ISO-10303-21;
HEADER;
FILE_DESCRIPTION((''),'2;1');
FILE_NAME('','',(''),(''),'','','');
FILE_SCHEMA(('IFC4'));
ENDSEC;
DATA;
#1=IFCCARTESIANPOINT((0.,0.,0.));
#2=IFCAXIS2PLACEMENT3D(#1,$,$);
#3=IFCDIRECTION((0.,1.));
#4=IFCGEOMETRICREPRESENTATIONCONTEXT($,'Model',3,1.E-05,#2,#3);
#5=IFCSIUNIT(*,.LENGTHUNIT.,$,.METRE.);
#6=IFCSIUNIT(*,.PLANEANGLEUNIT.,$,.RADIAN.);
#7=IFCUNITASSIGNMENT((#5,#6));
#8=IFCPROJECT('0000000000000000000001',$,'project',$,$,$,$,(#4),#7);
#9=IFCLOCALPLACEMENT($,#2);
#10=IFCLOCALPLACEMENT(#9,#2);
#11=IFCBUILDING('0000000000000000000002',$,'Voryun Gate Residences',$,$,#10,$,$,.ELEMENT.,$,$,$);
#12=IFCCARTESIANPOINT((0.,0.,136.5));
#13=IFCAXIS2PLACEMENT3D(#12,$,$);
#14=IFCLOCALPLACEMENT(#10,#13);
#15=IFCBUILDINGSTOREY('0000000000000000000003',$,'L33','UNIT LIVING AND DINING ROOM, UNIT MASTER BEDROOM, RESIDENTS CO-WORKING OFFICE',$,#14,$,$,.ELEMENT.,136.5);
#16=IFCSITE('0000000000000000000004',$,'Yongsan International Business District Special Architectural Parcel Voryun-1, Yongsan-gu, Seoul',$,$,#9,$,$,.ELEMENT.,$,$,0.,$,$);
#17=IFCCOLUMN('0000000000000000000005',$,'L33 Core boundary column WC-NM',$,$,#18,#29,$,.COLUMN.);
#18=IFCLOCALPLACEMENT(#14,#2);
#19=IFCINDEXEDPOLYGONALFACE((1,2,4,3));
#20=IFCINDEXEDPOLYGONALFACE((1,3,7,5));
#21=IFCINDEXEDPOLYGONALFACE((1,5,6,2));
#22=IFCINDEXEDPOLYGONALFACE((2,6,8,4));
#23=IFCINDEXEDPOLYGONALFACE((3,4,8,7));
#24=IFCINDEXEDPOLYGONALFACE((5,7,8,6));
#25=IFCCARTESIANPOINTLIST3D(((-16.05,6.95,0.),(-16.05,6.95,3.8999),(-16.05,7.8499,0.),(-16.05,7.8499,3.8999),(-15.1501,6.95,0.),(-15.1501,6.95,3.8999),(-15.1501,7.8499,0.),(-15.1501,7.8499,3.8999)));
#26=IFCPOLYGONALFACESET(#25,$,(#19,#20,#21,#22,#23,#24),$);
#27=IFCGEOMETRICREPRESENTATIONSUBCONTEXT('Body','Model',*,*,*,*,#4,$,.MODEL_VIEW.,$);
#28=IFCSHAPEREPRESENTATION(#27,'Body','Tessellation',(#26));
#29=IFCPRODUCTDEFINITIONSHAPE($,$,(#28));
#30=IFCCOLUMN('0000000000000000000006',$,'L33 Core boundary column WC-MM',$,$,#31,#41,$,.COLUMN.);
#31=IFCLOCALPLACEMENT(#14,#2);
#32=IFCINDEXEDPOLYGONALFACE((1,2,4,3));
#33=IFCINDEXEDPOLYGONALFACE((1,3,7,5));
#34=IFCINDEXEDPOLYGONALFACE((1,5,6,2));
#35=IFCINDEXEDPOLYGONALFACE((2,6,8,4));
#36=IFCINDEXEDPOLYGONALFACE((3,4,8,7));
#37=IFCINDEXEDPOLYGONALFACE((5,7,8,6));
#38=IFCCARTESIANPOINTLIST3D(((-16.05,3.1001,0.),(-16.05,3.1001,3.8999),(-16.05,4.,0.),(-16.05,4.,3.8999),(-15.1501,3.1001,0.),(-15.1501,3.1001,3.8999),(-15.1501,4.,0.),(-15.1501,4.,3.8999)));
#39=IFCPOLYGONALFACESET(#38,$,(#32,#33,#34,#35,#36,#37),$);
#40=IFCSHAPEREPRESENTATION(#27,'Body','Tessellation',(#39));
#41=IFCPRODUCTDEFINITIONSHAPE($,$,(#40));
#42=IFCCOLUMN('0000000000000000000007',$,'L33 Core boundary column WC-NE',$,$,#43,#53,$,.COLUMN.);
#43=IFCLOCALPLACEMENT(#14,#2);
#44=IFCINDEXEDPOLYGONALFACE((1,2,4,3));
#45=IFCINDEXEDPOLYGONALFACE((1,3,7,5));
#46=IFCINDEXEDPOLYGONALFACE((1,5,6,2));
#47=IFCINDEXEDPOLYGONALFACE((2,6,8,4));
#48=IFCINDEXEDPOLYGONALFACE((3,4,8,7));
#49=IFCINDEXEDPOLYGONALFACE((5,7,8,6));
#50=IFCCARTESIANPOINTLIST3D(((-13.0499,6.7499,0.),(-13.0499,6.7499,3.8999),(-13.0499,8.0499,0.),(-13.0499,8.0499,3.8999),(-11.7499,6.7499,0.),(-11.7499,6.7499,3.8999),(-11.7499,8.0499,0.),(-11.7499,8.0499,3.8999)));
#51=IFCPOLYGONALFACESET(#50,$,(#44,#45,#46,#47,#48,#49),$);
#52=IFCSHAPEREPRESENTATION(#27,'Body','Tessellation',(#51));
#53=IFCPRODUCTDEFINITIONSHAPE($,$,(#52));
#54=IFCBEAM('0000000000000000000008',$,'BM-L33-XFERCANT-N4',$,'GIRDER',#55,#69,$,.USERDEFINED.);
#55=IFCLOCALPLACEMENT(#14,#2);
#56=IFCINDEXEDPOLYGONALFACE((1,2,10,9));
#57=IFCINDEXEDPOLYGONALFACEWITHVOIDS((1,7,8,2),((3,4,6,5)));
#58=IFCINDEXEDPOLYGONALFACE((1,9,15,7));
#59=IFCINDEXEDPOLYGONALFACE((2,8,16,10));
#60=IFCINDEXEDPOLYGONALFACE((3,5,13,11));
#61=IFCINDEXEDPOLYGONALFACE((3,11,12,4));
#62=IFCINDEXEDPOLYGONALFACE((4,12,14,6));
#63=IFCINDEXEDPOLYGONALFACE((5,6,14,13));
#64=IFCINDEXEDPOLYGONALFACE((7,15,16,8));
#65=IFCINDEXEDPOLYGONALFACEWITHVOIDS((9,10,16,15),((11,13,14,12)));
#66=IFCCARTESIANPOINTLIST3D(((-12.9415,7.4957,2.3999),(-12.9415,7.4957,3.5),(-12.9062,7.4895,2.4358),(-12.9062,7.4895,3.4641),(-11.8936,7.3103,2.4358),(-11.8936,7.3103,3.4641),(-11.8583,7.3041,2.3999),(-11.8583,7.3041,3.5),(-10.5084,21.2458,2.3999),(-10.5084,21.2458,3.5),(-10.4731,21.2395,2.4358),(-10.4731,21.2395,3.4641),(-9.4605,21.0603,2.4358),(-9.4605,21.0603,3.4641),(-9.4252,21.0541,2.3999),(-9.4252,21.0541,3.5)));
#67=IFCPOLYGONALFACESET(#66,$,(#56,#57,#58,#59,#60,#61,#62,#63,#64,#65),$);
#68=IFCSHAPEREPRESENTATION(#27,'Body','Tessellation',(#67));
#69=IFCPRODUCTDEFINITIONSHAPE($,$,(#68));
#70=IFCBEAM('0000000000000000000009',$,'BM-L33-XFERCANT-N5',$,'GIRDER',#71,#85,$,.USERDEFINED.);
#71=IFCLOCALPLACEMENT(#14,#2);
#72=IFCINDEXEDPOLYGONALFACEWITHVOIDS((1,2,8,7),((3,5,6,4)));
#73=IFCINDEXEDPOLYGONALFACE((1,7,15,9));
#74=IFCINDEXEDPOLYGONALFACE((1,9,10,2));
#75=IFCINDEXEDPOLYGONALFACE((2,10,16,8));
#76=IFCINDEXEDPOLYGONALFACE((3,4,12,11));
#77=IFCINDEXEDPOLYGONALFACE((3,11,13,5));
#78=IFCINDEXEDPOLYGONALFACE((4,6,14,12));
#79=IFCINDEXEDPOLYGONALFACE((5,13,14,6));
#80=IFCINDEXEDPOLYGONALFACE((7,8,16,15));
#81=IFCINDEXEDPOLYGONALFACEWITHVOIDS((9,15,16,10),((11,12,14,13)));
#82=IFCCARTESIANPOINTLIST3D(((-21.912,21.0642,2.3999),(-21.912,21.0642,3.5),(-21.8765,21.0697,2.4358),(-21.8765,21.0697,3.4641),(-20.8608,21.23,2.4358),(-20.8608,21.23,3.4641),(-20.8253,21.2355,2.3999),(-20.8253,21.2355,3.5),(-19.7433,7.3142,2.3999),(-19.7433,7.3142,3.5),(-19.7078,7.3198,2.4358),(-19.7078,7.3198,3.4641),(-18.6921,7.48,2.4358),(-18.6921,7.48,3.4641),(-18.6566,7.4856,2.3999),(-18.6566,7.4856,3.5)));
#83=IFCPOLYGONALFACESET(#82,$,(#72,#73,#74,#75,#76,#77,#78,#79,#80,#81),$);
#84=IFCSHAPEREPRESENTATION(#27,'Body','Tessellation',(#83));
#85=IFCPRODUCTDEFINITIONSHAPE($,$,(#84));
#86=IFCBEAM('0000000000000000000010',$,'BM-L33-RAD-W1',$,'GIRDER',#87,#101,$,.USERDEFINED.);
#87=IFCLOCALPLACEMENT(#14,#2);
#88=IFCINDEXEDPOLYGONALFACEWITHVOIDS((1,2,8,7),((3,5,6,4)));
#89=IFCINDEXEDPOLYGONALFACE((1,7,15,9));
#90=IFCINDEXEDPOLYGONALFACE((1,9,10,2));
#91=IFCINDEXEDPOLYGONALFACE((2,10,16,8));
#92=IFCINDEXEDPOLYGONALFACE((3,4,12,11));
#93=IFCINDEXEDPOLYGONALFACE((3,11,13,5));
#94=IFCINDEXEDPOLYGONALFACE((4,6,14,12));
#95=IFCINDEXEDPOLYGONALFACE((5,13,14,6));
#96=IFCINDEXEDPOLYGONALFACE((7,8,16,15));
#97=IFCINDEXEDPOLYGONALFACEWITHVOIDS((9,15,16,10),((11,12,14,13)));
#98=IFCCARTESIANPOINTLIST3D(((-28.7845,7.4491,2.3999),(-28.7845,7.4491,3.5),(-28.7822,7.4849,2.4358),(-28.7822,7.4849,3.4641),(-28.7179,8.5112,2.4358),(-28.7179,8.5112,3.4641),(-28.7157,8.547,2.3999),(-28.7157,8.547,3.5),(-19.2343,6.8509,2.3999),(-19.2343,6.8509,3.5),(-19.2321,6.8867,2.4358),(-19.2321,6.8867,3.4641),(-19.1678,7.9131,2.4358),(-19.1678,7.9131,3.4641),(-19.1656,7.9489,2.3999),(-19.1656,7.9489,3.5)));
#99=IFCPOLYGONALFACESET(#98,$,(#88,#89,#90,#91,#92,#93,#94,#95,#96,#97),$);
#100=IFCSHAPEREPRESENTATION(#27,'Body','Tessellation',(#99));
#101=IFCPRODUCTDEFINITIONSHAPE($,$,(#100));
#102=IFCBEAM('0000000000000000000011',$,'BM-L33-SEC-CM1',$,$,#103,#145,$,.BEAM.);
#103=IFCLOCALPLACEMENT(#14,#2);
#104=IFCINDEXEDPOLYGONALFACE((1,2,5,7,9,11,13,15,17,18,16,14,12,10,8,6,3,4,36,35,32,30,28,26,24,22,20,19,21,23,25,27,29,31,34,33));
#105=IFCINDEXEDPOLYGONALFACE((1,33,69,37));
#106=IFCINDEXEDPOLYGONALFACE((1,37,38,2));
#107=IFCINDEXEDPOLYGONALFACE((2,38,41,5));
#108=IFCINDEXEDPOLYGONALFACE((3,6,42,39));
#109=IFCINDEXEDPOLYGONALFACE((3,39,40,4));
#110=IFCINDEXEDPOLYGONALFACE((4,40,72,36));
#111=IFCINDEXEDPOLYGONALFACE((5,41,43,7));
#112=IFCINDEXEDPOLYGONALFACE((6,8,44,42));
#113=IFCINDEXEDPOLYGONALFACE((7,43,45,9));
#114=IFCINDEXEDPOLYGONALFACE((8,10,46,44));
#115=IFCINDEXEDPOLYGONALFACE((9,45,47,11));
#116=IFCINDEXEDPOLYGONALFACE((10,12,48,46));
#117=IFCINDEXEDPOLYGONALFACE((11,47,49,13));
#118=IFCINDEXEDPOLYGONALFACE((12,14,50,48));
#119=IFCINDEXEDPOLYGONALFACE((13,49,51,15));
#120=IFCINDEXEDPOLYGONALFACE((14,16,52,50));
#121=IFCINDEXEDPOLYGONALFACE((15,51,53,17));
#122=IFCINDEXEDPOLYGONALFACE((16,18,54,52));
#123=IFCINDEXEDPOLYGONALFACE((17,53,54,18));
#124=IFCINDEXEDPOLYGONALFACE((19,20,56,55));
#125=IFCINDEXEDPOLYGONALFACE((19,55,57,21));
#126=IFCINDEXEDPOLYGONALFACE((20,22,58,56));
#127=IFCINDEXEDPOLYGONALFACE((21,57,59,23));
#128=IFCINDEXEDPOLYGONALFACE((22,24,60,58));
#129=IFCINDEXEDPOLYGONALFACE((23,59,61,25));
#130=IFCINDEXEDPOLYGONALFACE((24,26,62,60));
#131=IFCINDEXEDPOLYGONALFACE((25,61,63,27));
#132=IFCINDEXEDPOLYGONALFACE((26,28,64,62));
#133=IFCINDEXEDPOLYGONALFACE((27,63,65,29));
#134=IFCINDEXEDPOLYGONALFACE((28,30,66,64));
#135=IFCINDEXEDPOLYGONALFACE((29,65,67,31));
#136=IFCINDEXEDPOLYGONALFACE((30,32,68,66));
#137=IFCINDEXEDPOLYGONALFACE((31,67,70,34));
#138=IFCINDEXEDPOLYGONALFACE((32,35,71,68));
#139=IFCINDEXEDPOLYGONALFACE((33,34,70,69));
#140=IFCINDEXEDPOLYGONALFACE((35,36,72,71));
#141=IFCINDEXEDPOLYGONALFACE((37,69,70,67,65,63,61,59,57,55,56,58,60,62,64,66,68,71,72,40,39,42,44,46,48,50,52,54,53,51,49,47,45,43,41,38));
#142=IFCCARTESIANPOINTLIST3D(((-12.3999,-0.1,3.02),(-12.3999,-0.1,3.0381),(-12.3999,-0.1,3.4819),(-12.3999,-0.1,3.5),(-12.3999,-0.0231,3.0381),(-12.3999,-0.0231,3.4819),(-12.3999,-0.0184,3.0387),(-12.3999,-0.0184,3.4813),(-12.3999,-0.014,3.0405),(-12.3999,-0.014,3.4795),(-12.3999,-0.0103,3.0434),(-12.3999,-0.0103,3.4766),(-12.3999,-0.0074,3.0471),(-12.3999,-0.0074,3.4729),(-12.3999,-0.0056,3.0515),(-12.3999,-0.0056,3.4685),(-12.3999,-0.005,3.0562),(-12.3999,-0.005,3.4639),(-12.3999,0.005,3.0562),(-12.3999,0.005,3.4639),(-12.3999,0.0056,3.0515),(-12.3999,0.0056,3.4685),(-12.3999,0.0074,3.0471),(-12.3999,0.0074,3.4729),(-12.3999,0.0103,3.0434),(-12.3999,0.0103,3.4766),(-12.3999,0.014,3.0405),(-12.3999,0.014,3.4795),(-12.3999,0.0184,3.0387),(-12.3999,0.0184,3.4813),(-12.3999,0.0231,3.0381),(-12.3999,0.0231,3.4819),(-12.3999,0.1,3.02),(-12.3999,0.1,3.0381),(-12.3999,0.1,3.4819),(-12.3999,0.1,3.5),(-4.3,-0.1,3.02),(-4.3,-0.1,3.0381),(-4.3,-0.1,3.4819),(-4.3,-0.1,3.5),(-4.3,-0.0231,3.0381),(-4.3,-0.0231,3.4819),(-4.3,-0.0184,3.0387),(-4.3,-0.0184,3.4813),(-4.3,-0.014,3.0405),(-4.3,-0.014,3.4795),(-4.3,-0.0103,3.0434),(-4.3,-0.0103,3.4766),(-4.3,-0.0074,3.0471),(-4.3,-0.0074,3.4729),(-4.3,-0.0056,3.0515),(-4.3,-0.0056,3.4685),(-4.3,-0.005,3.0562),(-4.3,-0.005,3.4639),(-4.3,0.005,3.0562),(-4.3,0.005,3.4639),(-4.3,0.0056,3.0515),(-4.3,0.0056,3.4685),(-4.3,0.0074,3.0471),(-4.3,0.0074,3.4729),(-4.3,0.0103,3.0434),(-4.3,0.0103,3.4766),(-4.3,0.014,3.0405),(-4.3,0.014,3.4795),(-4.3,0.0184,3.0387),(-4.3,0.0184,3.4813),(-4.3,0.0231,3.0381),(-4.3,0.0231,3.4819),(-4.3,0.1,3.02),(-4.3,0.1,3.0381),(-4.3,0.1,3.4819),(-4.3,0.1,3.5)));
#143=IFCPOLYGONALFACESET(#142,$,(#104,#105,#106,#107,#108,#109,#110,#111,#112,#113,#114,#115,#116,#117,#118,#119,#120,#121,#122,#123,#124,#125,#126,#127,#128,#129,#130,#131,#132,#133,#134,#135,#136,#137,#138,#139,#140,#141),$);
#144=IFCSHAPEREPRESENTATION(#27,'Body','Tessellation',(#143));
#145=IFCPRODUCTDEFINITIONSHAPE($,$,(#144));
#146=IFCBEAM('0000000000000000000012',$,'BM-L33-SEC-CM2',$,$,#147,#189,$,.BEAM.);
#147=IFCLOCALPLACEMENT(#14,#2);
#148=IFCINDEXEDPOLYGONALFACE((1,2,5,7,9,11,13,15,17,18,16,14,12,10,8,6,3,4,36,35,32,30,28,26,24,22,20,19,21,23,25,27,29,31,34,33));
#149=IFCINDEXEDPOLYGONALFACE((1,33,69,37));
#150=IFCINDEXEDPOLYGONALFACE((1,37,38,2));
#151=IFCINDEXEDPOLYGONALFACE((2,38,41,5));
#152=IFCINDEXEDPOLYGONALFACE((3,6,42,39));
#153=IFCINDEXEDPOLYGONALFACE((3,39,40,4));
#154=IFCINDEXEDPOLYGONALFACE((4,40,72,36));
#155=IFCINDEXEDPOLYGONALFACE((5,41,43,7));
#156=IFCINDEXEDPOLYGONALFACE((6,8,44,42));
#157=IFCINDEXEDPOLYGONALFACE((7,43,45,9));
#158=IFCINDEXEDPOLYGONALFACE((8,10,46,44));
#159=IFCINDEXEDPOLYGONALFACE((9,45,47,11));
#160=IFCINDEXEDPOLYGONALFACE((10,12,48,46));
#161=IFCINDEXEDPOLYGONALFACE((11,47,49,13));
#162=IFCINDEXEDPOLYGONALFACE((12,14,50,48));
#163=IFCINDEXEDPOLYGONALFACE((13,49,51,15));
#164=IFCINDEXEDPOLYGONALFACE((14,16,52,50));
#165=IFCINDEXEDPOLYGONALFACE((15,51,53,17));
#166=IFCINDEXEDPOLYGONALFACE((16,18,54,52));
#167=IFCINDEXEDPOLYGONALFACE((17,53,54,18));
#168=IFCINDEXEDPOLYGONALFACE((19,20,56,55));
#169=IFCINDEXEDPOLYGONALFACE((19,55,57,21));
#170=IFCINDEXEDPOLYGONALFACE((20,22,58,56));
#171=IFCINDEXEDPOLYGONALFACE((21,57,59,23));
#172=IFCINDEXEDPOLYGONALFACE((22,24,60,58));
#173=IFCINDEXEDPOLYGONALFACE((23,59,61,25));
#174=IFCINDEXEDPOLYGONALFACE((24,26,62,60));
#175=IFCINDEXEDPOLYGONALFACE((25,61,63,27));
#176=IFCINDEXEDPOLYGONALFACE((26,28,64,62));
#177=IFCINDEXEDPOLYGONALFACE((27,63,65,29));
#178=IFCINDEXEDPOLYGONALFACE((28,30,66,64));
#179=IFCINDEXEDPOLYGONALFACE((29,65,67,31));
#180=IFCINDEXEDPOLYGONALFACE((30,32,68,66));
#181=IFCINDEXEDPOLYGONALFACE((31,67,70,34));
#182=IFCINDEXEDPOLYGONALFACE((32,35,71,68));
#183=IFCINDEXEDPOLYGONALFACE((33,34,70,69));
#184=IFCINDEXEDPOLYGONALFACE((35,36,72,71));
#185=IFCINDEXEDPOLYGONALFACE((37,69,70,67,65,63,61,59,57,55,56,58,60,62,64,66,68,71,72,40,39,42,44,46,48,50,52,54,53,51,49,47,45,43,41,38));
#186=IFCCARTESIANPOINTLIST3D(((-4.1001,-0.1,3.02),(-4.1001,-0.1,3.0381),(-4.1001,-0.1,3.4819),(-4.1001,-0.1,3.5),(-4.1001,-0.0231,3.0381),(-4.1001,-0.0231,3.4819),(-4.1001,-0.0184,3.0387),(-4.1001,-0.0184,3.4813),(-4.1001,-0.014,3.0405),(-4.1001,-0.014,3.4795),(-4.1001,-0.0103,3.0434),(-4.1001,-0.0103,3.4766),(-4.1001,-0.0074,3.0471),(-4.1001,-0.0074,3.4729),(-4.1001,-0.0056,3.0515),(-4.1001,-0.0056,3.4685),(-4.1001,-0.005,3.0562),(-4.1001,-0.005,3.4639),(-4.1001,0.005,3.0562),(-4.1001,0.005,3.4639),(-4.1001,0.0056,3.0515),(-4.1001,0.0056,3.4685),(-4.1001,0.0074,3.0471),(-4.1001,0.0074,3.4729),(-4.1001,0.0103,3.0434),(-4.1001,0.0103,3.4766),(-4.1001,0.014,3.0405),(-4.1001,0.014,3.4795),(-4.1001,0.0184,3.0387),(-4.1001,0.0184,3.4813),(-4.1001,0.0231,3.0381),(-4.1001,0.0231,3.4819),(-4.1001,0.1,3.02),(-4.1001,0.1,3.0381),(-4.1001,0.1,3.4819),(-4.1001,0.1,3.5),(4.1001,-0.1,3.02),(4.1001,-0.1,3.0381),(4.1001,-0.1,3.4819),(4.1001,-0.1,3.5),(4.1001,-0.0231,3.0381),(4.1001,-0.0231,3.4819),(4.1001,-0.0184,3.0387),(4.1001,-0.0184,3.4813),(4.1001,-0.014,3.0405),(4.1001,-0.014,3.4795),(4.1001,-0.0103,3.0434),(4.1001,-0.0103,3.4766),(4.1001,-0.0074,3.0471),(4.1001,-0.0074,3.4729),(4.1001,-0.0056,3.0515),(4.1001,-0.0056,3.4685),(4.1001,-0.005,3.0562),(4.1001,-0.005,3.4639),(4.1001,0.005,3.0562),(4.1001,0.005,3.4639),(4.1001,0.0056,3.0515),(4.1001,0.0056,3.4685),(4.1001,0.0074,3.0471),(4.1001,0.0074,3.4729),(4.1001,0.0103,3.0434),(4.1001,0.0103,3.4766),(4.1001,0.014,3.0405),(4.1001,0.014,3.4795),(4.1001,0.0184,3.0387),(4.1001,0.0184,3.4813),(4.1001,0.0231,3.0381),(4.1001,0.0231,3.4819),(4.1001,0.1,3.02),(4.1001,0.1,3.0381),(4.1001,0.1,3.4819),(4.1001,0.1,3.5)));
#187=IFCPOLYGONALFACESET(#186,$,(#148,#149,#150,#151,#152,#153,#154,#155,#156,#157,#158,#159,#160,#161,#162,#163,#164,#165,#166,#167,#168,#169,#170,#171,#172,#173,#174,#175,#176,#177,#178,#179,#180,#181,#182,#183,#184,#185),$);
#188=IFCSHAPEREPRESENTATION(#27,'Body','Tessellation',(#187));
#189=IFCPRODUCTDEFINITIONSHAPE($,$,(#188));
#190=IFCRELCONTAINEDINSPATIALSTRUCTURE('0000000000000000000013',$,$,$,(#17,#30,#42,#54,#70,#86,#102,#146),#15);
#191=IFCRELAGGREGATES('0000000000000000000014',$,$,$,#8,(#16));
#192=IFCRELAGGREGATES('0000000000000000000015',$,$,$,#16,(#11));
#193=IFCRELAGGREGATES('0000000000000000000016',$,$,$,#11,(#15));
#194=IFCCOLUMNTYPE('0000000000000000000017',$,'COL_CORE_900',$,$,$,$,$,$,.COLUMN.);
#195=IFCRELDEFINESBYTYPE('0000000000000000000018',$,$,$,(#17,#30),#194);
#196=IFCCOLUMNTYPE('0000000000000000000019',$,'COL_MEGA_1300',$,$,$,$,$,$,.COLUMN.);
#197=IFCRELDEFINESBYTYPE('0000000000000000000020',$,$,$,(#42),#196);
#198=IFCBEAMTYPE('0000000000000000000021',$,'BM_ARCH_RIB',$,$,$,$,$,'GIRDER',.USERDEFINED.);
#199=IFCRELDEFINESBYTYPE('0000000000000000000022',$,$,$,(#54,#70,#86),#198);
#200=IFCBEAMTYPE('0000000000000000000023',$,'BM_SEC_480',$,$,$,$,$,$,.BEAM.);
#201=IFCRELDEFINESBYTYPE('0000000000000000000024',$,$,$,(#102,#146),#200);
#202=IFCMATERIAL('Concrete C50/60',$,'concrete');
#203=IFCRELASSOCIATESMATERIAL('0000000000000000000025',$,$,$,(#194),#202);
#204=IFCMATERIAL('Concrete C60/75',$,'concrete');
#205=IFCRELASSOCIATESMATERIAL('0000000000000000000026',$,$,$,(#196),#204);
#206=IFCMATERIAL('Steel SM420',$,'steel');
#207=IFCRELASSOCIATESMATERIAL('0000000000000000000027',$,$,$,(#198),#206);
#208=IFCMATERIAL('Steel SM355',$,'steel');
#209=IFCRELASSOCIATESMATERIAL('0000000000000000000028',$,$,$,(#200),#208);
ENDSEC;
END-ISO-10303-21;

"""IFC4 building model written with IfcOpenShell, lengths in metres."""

from ifc_helpers import new_model, si_unit, direction, frame, origin, origin_2d, place, context, subcontext, project, spatial, rectangle, hollow_rectangle, i_section, extrude, material, material_profile, profile_set, type_object, element, save


model = new_model("IFC4")

# Units and contexts
model_context = context("Model", 3, precision=1e-05, world=origin(), true_north=direction((0.0, 1.0)))
body_context = subcontext(model_context, "Body", "Model", "MODEL_VIEW")
ifc_project = project(units=[si_unit("LENGTHUNIT", "METRE"), si_unit("PLANEANGLEUNIT", "RADIAN")], contexts=[model_context])

# Site, building, storey
site_placement = place(None, origin())
site = spatial("IfcSite", under=ifc_project, at=site_placement, Name="Yongsan International Business District Special Architectural Parcel Voryun-1, Yongsan-gu, Seoul", CompositionType="ELEMENT", RefElevation=0.0)
building_placement = place(site_placement, origin())
building = spatial("IfcBuilding", under=site, at=building_placement, Name="Voryun Gate Residences", CompositionType="ELEMENT")
storey_placement = place(building_placement, frame((0.0, 0.0, 136.5)))
storey = spatial("IfcBuildingStorey", under=building, at=storey_placement, Name="L33", Description="UNIT LIVING AND DINING ROOM, UNIT MASTER BEDROOM, RESIDENTS CO-WORKING OFFICE", CompositionType="ELEMENT", Elevation=136.5)

# Columns
ifc_material_1 = material(Name="Concrete C50/60", Category="concrete")
ifc_material_profile_1 = material_profile(ifc_material_1, rectangle(XDim=0.8999, YDim=0.8999, at=origin_2d()), Name="RC-900x900")
ifc_profile_set_1 = profile_set([ifc_material_profile_1], Name="Concrete C50/60")
column_type_1 = type_object("IfcColumnType", Name="COL_CORE_900", PredefinedType="COLUMN", material=ifc_profile_set_1)
for number, where, z_axis, x_axis, name in (
    (1, (-15.6001, 7.3999, 0.0), (0.0, 0.0, 1.0), (1.0, 0.0, 0.0), "L33 Core boundary column WC-NM"),
    (2, (-15.6001, 3.55, 0.0), (0.0, 0.0, 1.0), (1.0, 0.0, 0.0), "L33 Core boundary column WC-MM"),
):
    element("IfcColumn", number, at=place(storey_placement, frame(where, z_axis=z_axis, x_axis=x_axis)), inside=storey, type_object=column_type_1, Name=name, PredefinedType="COLUMN", context=body_context, shape_type="SweptSolid", body=[
        extrude(rectangle(XDim=0.8999, YDim=0.8999, at=origin_2d()), origin(), (0.0, 0.0, 1.0), 3.8999),
    ])
ifc_material_2 = material(Name="Concrete C60/75", Category="concrete")
ifc_material_profile_2 = material_profile(ifc_material_2, rectangle(XDim=1.3, YDim=1.3, at=origin_2d()), Name="RC-1300x1300")
ifc_profile_set_2 = profile_set([ifc_material_profile_2], Name="Concrete C60/75")
column_type_2 = type_object("IfcColumnType", Name="COL_MEGA_1300", PredefinedType="COLUMN", material=ifc_profile_set_2)
column_placement = place(storey_placement, frame((-12.3999, 7.3999, 0.0), z_axis=(0.0, 0.0, 1.0), x_axis=(1.0, 0.0, 0.0)))
element("IfcColumn", 3, at=column_placement, inside=storey, type_object=column_type_2, Name="L33 Core boundary column WC-NE", PredefinedType="COLUMN", context=body_context, shape_type="SweptSolid", body=[
    extrude(rectangle(XDim=1.3, YDim=1.3, at=origin_2d()), origin(), (0.0, 0.0, 1.0), 3.8999),
])

# Beams
ifc_material_3 = material(Name="Steel SM420", Category="steel")
ifc_material_profile_3 = material_profile(ifc_material_3, hollow_rectangle(XDim=1.1001, YDim=1.1001, WallThickness=0.0359, at=origin_2d()), Name="BOX-1100x1100x36")
ifc_profile_set_3 = profile_set([ifc_material_profile_3], Name="Steel SM420")
beam_type_1 = type_object("IfcBeamType", Name="BM_ARCH_RIB", ElementType="GIRDER", PredefinedType="USERDEFINED", material=ifc_profile_set_3)
beam_1_placement = place(storey_placement, frame((-12.3999, 7.3999, 2.95), z_axis=(0.174246, 0.984702, 0.0), x_axis=(-0.984702, 0.174246, 0.0)))
element("IfcBeam", 4, at=beam_1_placement, inside=storey, type_object=beam_type_1, Name="BM-L33-XFERCANT-N4", ObjectType="GIRDER", PredefinedType="USERDEFINED", context=body_context, shape_type="SweptSolid", body=[
    extrude(hollow_rectangle(XDim=1.1001, YDim=1.1001, WallThickness=0.0359, at=origin_2d()), origin(), (0.0, 0.0, 1.0), 13.9636),
])
beam_2_placement = place(storey_placement, frame((-19.2, 7.3999, 2.95), z_axis=(-0.155798, 0.987789, 0.0), x_axis=(-0.987789, -0.155798, 0.0)))
element("IfcBeam", 5, at=beam_2_placement, inside=storey, type_object=beam_type_1, Name="BM-L33-XFERCANT-N5", ObjectType="GIRDER", PredefinedType="USERDEFINED", context=body_context, shape_type="SweptSolid", body=[
    extrude(hollow_rectangle(XDim=1.1001, YDim=1.1001, WallThickness=0.0359, at=origin_2d()), origin(), (0.0, 0.0, 1.0), 13.9199),
])
beam_3_placement = place(storey_placement, frame((-19.2, 7.3999, 2.95), z_axis=(-0.998044, 0.06251, 0.0), x_axis=(-0.06251, -0.998044, 0.0)))
element("IfcBeam", 6, at=beam_3_placement, inside=storey, type_object=beam_type_1, Name="BM-L33-RAD-W1", ObjectType="GIRDER", PredefinedType="USERDEFINED", context=body_context, shape_type="SweptSolid", body=[
    extrude(hollow_rectangle(XDim=1.1001, YDim=1.1001, WallThickness=0.0359, at=origin_2d()), origin(), (0.0, 0.0, 1.0), 9.5688),
])
ifc_material_4 = material(Name="Steel SM355", Category="steel")
ifc_material_profile_4 = material_profile(ifc_material_4, i_section(OverallWidth=0.2, OverallDepth=0.48, WebThickness=0.01, FlangeThickness=0.0181, FilletRadius=0.0181, at=origin_2d()), Name="H-480x200x10x18")
ifc_profile_set_4 = profile_set([ifc_material_profile_4], Name="Steel SM355")
beam_type_2 = type_object("IfcBeamType", Name="BM_SEC_480", PredefinedType="BEAM", material=ifc_profile_set_4)
beam_4_placement = place(storey_placement, frame((-12.3999, 0.0, 3.26), z_axis=(1.0, 0.0, 0.0), x_axis=(0.0, 1.0, 0.0)))
element("IfcBeam", 7, at=beam_4_placement, inside=storey, type_object=beam_type_2, Name="BM-L33-SEC-CM1", PredefinedType="BEAM", context=body_context, shape_type="SweptSolid", body=[
    extrude(i_section(OverallWidth=0.2, OverallDepth=0.48, WebThickness=0.01, FlangeThickness=0.0181, FilletRadius=0.0181, at=origin_2d()), origin(), (0.0, 0.0, 1.0), 8.0999),
])
beam_5_placement = place(storey_placement, frame((-4.1001, 0.0, 3.26), z_axis=(1.0, 0.0, 0.0), x_axis=(0.0, 1.0, 0.0)))
element("IfcBeam", 8, at=beam_5_placement, inside=storey, type_object=beam_type_2, Name="BM-L33-SEC-CM2", PredefinedType="BEAM", context=body_context, shape_type="SweptSolid", body=[
    extrude(i_section(OverallWidth=0.2, OverallDepth=0.48, WebThickness=0.01, FlangeThickness=0.0181, FilletRadius=0.0181, at=origin_2d()), origin(), (0.0, 0.0, 1.0), 8.2002),
])

save(model, "model.ifc")
